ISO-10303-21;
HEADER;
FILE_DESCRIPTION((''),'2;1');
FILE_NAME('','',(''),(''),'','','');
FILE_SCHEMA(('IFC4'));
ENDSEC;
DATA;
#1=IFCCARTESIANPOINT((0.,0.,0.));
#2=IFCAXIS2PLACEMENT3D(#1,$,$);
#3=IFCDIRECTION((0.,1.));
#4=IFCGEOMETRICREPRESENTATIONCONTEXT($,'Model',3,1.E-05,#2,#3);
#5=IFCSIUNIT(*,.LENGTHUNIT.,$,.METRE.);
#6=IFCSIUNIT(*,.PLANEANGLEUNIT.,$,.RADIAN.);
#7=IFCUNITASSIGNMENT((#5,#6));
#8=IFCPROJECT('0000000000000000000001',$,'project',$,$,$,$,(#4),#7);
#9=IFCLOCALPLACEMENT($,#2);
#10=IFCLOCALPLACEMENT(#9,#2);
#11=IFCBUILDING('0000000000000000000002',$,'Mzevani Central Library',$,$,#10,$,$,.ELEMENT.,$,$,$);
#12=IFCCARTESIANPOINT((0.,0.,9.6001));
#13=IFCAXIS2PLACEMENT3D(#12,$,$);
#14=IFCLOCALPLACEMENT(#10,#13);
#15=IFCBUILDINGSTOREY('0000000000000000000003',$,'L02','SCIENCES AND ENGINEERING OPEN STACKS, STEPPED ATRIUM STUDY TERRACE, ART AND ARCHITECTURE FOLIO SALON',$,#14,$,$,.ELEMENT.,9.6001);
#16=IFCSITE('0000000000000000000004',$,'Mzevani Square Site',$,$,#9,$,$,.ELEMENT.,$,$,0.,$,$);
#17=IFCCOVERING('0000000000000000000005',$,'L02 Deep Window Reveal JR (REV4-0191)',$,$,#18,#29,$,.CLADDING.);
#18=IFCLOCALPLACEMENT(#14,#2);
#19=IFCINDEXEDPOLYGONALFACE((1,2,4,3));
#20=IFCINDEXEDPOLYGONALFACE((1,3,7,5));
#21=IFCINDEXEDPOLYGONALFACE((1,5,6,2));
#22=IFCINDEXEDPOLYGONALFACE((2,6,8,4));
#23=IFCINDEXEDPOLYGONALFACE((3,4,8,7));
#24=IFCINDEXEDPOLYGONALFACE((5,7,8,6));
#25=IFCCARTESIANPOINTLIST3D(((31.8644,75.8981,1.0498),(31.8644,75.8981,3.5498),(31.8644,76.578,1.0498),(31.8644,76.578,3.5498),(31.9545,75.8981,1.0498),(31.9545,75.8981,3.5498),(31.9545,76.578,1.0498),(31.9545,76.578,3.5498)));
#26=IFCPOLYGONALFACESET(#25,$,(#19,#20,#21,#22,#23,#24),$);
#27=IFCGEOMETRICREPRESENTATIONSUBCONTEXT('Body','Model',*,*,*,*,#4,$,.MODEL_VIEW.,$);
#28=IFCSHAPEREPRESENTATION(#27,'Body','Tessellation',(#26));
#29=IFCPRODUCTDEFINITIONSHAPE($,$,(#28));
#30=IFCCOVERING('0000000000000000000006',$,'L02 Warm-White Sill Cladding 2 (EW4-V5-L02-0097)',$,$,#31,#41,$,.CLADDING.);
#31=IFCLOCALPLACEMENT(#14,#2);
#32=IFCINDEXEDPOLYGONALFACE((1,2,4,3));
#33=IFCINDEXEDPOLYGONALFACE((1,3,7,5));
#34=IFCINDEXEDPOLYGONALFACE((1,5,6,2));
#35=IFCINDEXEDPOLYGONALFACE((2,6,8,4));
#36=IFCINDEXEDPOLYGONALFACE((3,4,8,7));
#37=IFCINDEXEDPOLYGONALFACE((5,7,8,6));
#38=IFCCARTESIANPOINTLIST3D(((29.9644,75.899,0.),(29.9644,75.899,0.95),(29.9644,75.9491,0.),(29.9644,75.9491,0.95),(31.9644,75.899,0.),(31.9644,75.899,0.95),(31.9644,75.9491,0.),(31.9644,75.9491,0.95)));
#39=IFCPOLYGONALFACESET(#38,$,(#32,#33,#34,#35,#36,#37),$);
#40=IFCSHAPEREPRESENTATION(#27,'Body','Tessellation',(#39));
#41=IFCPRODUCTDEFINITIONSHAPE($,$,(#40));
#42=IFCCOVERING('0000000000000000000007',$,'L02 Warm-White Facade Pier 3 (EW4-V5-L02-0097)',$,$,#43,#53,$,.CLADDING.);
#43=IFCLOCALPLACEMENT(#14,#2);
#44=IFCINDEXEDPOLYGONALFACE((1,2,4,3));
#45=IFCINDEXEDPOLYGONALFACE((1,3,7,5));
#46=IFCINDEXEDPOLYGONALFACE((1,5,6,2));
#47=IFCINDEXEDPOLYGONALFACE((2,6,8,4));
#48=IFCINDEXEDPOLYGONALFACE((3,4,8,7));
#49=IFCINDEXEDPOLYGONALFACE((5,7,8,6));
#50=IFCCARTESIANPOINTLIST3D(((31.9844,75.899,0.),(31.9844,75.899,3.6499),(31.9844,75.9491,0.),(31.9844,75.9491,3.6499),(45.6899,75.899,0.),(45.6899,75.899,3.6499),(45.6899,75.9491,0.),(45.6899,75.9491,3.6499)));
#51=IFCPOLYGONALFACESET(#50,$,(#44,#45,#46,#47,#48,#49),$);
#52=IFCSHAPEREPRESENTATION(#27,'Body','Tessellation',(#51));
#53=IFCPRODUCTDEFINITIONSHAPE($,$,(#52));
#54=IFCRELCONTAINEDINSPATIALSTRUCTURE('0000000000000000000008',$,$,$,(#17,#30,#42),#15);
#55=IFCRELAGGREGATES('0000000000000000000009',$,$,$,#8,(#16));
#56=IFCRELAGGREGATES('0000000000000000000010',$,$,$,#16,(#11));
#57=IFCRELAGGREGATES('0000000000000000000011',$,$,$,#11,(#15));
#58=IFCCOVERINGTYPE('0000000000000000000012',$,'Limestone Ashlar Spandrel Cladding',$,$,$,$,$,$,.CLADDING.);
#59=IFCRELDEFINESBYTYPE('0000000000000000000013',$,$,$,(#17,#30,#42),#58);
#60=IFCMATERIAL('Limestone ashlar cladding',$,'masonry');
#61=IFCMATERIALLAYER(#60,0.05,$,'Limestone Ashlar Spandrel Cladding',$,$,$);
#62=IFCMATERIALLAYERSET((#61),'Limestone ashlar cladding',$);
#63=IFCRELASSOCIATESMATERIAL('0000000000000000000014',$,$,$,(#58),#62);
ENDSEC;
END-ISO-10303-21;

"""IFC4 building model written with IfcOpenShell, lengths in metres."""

from ifc_helpers import new_model, si_unit, direction, frame, origin, origin_2d, place, context, subcontext, project, spatial, rectangle, extrude, material, layer, layer_set, type_object, element, save


model = new_model("IFC4")

# Units and contexts
model_context = context("Model", 3, precision=1e-05, world=origin(), true_north=direction((0.0, 1.0)))
body_context = subcontext(model_context, "Body", "Model", "MODEL_VIEW")
ifc_project = project(units=[si_unit("LENGTHUNIT", "METRE"), si_unit("PLANEANGLEUNIT", "RADIAN")], contexts=[model_context])

# Site, building, storey
site_placement = place(None, origin())
site = spatial("IfcSite", under=ifc_project, at=site_placement, Name="Mzevani Square Site", CompositionType="ELEMENT", RefElevation=0.0)
building_placement = place(site_placement, origin())
building = spatial("IfcBuilding", under=site, at=building_placement, Name="Mzevani Central Library", CompositionType="ELEMENT")
storey_placement = place(building_placement, frame((0.0, 0.0, 9.6001)))
storey = spatial("IfcBuildingStorey", under=building, at=storey_placement, Name="L02", Description="SCIENCES AND ENGINEERING OPEN STACKS, STEPPED ATRIUM STUDY TERRACE, ART AND ARCHITECTURE FOLIO SALON", CompositionType="ELEMENT", Elevation=9.6001)

# Coverings
ifc_material_1 = material(Name="Limestone ashlar cladding", Category="masonry")
ifc_layer_1 = layer(ifc_material_1, 0.05, Name="Limestone Ashlar Spandrel Cladding")
ifc_layer_set_1 = layer_set([ifc_layer_1], Name="Limestone ashlar cladding")
covering_type = type_object("IfcCoveringType", Name="Limestone Ashlar Spandrel Cladding", PredefinedType="CLADDING", material=ifc_layer_set_1)
for number, where, z_axis, x_axis, name in (
    (1, (31.9094, 76.238, 1.0498), (0.0, 0.0, 1.0), (1.0, 0.0, 0.0), "L02 Deep Window Reveal JR (REV4-0191)"),
):
    element("IfcCovering", number, at=place(storey_placement, frame(where, z_axis=z_axis, x_axis=x_axis)), inside=storey, type_object=covering_type, Name=name, PredefinedType="CLADDING", context=body_context, shape_type="SweptSolid", body=[
        extrude(rectangle(XDim=0.0901, YDim=0.6799, at=origin_2d()), origin(), (0.0, 0.0, 1.0), 2.5),
    ])
covering_1_placement = place(storey_placement, frame((30.9644, 75.9241, 0.0), z_axis=(0.0, 0.0, 1.0), x_axis=(1.0, 0.0, 0.0)))
element("IfcCovering", 2, at=covering_1_placement, inside=storey, type_object=covering_type, Name="L02 Warm-White Sill Cladding 2 (EW4-V5-L02-0097)", PredefinedType="CLADDING", context=body_context, shape_type="SweptSolid", body=[
    extrude(rectangle(XDim=2.0, YDim=0.05, at=origin_2d()), origin(), (0.0, 0.0, 1.0), 0.95),
])
covering_2_placement = place(storey_placement, frame((38.8372, 75.9241, 0.0), z_axis=(0.0, 0.0, 1.0), x_axis=(1.0, 0.0, 0.0)))
element("IfcCovering", 3, at=covering_2_placement, inside=storey, type_object=covering_type, Name="L02 Warm-White Facade Pier 3 (EW4-V5-L02-0097)", PredefinedType="CLADDING", context=body_context, shape_type="SweptSolid", body=[
    extrude(rectangle(XDim=13.7056, YDim=0.05, at=origin_2d()), origin(), (0.0, 0.0, 1.0), 3.6499),
])

save(model, "model.ifc")
